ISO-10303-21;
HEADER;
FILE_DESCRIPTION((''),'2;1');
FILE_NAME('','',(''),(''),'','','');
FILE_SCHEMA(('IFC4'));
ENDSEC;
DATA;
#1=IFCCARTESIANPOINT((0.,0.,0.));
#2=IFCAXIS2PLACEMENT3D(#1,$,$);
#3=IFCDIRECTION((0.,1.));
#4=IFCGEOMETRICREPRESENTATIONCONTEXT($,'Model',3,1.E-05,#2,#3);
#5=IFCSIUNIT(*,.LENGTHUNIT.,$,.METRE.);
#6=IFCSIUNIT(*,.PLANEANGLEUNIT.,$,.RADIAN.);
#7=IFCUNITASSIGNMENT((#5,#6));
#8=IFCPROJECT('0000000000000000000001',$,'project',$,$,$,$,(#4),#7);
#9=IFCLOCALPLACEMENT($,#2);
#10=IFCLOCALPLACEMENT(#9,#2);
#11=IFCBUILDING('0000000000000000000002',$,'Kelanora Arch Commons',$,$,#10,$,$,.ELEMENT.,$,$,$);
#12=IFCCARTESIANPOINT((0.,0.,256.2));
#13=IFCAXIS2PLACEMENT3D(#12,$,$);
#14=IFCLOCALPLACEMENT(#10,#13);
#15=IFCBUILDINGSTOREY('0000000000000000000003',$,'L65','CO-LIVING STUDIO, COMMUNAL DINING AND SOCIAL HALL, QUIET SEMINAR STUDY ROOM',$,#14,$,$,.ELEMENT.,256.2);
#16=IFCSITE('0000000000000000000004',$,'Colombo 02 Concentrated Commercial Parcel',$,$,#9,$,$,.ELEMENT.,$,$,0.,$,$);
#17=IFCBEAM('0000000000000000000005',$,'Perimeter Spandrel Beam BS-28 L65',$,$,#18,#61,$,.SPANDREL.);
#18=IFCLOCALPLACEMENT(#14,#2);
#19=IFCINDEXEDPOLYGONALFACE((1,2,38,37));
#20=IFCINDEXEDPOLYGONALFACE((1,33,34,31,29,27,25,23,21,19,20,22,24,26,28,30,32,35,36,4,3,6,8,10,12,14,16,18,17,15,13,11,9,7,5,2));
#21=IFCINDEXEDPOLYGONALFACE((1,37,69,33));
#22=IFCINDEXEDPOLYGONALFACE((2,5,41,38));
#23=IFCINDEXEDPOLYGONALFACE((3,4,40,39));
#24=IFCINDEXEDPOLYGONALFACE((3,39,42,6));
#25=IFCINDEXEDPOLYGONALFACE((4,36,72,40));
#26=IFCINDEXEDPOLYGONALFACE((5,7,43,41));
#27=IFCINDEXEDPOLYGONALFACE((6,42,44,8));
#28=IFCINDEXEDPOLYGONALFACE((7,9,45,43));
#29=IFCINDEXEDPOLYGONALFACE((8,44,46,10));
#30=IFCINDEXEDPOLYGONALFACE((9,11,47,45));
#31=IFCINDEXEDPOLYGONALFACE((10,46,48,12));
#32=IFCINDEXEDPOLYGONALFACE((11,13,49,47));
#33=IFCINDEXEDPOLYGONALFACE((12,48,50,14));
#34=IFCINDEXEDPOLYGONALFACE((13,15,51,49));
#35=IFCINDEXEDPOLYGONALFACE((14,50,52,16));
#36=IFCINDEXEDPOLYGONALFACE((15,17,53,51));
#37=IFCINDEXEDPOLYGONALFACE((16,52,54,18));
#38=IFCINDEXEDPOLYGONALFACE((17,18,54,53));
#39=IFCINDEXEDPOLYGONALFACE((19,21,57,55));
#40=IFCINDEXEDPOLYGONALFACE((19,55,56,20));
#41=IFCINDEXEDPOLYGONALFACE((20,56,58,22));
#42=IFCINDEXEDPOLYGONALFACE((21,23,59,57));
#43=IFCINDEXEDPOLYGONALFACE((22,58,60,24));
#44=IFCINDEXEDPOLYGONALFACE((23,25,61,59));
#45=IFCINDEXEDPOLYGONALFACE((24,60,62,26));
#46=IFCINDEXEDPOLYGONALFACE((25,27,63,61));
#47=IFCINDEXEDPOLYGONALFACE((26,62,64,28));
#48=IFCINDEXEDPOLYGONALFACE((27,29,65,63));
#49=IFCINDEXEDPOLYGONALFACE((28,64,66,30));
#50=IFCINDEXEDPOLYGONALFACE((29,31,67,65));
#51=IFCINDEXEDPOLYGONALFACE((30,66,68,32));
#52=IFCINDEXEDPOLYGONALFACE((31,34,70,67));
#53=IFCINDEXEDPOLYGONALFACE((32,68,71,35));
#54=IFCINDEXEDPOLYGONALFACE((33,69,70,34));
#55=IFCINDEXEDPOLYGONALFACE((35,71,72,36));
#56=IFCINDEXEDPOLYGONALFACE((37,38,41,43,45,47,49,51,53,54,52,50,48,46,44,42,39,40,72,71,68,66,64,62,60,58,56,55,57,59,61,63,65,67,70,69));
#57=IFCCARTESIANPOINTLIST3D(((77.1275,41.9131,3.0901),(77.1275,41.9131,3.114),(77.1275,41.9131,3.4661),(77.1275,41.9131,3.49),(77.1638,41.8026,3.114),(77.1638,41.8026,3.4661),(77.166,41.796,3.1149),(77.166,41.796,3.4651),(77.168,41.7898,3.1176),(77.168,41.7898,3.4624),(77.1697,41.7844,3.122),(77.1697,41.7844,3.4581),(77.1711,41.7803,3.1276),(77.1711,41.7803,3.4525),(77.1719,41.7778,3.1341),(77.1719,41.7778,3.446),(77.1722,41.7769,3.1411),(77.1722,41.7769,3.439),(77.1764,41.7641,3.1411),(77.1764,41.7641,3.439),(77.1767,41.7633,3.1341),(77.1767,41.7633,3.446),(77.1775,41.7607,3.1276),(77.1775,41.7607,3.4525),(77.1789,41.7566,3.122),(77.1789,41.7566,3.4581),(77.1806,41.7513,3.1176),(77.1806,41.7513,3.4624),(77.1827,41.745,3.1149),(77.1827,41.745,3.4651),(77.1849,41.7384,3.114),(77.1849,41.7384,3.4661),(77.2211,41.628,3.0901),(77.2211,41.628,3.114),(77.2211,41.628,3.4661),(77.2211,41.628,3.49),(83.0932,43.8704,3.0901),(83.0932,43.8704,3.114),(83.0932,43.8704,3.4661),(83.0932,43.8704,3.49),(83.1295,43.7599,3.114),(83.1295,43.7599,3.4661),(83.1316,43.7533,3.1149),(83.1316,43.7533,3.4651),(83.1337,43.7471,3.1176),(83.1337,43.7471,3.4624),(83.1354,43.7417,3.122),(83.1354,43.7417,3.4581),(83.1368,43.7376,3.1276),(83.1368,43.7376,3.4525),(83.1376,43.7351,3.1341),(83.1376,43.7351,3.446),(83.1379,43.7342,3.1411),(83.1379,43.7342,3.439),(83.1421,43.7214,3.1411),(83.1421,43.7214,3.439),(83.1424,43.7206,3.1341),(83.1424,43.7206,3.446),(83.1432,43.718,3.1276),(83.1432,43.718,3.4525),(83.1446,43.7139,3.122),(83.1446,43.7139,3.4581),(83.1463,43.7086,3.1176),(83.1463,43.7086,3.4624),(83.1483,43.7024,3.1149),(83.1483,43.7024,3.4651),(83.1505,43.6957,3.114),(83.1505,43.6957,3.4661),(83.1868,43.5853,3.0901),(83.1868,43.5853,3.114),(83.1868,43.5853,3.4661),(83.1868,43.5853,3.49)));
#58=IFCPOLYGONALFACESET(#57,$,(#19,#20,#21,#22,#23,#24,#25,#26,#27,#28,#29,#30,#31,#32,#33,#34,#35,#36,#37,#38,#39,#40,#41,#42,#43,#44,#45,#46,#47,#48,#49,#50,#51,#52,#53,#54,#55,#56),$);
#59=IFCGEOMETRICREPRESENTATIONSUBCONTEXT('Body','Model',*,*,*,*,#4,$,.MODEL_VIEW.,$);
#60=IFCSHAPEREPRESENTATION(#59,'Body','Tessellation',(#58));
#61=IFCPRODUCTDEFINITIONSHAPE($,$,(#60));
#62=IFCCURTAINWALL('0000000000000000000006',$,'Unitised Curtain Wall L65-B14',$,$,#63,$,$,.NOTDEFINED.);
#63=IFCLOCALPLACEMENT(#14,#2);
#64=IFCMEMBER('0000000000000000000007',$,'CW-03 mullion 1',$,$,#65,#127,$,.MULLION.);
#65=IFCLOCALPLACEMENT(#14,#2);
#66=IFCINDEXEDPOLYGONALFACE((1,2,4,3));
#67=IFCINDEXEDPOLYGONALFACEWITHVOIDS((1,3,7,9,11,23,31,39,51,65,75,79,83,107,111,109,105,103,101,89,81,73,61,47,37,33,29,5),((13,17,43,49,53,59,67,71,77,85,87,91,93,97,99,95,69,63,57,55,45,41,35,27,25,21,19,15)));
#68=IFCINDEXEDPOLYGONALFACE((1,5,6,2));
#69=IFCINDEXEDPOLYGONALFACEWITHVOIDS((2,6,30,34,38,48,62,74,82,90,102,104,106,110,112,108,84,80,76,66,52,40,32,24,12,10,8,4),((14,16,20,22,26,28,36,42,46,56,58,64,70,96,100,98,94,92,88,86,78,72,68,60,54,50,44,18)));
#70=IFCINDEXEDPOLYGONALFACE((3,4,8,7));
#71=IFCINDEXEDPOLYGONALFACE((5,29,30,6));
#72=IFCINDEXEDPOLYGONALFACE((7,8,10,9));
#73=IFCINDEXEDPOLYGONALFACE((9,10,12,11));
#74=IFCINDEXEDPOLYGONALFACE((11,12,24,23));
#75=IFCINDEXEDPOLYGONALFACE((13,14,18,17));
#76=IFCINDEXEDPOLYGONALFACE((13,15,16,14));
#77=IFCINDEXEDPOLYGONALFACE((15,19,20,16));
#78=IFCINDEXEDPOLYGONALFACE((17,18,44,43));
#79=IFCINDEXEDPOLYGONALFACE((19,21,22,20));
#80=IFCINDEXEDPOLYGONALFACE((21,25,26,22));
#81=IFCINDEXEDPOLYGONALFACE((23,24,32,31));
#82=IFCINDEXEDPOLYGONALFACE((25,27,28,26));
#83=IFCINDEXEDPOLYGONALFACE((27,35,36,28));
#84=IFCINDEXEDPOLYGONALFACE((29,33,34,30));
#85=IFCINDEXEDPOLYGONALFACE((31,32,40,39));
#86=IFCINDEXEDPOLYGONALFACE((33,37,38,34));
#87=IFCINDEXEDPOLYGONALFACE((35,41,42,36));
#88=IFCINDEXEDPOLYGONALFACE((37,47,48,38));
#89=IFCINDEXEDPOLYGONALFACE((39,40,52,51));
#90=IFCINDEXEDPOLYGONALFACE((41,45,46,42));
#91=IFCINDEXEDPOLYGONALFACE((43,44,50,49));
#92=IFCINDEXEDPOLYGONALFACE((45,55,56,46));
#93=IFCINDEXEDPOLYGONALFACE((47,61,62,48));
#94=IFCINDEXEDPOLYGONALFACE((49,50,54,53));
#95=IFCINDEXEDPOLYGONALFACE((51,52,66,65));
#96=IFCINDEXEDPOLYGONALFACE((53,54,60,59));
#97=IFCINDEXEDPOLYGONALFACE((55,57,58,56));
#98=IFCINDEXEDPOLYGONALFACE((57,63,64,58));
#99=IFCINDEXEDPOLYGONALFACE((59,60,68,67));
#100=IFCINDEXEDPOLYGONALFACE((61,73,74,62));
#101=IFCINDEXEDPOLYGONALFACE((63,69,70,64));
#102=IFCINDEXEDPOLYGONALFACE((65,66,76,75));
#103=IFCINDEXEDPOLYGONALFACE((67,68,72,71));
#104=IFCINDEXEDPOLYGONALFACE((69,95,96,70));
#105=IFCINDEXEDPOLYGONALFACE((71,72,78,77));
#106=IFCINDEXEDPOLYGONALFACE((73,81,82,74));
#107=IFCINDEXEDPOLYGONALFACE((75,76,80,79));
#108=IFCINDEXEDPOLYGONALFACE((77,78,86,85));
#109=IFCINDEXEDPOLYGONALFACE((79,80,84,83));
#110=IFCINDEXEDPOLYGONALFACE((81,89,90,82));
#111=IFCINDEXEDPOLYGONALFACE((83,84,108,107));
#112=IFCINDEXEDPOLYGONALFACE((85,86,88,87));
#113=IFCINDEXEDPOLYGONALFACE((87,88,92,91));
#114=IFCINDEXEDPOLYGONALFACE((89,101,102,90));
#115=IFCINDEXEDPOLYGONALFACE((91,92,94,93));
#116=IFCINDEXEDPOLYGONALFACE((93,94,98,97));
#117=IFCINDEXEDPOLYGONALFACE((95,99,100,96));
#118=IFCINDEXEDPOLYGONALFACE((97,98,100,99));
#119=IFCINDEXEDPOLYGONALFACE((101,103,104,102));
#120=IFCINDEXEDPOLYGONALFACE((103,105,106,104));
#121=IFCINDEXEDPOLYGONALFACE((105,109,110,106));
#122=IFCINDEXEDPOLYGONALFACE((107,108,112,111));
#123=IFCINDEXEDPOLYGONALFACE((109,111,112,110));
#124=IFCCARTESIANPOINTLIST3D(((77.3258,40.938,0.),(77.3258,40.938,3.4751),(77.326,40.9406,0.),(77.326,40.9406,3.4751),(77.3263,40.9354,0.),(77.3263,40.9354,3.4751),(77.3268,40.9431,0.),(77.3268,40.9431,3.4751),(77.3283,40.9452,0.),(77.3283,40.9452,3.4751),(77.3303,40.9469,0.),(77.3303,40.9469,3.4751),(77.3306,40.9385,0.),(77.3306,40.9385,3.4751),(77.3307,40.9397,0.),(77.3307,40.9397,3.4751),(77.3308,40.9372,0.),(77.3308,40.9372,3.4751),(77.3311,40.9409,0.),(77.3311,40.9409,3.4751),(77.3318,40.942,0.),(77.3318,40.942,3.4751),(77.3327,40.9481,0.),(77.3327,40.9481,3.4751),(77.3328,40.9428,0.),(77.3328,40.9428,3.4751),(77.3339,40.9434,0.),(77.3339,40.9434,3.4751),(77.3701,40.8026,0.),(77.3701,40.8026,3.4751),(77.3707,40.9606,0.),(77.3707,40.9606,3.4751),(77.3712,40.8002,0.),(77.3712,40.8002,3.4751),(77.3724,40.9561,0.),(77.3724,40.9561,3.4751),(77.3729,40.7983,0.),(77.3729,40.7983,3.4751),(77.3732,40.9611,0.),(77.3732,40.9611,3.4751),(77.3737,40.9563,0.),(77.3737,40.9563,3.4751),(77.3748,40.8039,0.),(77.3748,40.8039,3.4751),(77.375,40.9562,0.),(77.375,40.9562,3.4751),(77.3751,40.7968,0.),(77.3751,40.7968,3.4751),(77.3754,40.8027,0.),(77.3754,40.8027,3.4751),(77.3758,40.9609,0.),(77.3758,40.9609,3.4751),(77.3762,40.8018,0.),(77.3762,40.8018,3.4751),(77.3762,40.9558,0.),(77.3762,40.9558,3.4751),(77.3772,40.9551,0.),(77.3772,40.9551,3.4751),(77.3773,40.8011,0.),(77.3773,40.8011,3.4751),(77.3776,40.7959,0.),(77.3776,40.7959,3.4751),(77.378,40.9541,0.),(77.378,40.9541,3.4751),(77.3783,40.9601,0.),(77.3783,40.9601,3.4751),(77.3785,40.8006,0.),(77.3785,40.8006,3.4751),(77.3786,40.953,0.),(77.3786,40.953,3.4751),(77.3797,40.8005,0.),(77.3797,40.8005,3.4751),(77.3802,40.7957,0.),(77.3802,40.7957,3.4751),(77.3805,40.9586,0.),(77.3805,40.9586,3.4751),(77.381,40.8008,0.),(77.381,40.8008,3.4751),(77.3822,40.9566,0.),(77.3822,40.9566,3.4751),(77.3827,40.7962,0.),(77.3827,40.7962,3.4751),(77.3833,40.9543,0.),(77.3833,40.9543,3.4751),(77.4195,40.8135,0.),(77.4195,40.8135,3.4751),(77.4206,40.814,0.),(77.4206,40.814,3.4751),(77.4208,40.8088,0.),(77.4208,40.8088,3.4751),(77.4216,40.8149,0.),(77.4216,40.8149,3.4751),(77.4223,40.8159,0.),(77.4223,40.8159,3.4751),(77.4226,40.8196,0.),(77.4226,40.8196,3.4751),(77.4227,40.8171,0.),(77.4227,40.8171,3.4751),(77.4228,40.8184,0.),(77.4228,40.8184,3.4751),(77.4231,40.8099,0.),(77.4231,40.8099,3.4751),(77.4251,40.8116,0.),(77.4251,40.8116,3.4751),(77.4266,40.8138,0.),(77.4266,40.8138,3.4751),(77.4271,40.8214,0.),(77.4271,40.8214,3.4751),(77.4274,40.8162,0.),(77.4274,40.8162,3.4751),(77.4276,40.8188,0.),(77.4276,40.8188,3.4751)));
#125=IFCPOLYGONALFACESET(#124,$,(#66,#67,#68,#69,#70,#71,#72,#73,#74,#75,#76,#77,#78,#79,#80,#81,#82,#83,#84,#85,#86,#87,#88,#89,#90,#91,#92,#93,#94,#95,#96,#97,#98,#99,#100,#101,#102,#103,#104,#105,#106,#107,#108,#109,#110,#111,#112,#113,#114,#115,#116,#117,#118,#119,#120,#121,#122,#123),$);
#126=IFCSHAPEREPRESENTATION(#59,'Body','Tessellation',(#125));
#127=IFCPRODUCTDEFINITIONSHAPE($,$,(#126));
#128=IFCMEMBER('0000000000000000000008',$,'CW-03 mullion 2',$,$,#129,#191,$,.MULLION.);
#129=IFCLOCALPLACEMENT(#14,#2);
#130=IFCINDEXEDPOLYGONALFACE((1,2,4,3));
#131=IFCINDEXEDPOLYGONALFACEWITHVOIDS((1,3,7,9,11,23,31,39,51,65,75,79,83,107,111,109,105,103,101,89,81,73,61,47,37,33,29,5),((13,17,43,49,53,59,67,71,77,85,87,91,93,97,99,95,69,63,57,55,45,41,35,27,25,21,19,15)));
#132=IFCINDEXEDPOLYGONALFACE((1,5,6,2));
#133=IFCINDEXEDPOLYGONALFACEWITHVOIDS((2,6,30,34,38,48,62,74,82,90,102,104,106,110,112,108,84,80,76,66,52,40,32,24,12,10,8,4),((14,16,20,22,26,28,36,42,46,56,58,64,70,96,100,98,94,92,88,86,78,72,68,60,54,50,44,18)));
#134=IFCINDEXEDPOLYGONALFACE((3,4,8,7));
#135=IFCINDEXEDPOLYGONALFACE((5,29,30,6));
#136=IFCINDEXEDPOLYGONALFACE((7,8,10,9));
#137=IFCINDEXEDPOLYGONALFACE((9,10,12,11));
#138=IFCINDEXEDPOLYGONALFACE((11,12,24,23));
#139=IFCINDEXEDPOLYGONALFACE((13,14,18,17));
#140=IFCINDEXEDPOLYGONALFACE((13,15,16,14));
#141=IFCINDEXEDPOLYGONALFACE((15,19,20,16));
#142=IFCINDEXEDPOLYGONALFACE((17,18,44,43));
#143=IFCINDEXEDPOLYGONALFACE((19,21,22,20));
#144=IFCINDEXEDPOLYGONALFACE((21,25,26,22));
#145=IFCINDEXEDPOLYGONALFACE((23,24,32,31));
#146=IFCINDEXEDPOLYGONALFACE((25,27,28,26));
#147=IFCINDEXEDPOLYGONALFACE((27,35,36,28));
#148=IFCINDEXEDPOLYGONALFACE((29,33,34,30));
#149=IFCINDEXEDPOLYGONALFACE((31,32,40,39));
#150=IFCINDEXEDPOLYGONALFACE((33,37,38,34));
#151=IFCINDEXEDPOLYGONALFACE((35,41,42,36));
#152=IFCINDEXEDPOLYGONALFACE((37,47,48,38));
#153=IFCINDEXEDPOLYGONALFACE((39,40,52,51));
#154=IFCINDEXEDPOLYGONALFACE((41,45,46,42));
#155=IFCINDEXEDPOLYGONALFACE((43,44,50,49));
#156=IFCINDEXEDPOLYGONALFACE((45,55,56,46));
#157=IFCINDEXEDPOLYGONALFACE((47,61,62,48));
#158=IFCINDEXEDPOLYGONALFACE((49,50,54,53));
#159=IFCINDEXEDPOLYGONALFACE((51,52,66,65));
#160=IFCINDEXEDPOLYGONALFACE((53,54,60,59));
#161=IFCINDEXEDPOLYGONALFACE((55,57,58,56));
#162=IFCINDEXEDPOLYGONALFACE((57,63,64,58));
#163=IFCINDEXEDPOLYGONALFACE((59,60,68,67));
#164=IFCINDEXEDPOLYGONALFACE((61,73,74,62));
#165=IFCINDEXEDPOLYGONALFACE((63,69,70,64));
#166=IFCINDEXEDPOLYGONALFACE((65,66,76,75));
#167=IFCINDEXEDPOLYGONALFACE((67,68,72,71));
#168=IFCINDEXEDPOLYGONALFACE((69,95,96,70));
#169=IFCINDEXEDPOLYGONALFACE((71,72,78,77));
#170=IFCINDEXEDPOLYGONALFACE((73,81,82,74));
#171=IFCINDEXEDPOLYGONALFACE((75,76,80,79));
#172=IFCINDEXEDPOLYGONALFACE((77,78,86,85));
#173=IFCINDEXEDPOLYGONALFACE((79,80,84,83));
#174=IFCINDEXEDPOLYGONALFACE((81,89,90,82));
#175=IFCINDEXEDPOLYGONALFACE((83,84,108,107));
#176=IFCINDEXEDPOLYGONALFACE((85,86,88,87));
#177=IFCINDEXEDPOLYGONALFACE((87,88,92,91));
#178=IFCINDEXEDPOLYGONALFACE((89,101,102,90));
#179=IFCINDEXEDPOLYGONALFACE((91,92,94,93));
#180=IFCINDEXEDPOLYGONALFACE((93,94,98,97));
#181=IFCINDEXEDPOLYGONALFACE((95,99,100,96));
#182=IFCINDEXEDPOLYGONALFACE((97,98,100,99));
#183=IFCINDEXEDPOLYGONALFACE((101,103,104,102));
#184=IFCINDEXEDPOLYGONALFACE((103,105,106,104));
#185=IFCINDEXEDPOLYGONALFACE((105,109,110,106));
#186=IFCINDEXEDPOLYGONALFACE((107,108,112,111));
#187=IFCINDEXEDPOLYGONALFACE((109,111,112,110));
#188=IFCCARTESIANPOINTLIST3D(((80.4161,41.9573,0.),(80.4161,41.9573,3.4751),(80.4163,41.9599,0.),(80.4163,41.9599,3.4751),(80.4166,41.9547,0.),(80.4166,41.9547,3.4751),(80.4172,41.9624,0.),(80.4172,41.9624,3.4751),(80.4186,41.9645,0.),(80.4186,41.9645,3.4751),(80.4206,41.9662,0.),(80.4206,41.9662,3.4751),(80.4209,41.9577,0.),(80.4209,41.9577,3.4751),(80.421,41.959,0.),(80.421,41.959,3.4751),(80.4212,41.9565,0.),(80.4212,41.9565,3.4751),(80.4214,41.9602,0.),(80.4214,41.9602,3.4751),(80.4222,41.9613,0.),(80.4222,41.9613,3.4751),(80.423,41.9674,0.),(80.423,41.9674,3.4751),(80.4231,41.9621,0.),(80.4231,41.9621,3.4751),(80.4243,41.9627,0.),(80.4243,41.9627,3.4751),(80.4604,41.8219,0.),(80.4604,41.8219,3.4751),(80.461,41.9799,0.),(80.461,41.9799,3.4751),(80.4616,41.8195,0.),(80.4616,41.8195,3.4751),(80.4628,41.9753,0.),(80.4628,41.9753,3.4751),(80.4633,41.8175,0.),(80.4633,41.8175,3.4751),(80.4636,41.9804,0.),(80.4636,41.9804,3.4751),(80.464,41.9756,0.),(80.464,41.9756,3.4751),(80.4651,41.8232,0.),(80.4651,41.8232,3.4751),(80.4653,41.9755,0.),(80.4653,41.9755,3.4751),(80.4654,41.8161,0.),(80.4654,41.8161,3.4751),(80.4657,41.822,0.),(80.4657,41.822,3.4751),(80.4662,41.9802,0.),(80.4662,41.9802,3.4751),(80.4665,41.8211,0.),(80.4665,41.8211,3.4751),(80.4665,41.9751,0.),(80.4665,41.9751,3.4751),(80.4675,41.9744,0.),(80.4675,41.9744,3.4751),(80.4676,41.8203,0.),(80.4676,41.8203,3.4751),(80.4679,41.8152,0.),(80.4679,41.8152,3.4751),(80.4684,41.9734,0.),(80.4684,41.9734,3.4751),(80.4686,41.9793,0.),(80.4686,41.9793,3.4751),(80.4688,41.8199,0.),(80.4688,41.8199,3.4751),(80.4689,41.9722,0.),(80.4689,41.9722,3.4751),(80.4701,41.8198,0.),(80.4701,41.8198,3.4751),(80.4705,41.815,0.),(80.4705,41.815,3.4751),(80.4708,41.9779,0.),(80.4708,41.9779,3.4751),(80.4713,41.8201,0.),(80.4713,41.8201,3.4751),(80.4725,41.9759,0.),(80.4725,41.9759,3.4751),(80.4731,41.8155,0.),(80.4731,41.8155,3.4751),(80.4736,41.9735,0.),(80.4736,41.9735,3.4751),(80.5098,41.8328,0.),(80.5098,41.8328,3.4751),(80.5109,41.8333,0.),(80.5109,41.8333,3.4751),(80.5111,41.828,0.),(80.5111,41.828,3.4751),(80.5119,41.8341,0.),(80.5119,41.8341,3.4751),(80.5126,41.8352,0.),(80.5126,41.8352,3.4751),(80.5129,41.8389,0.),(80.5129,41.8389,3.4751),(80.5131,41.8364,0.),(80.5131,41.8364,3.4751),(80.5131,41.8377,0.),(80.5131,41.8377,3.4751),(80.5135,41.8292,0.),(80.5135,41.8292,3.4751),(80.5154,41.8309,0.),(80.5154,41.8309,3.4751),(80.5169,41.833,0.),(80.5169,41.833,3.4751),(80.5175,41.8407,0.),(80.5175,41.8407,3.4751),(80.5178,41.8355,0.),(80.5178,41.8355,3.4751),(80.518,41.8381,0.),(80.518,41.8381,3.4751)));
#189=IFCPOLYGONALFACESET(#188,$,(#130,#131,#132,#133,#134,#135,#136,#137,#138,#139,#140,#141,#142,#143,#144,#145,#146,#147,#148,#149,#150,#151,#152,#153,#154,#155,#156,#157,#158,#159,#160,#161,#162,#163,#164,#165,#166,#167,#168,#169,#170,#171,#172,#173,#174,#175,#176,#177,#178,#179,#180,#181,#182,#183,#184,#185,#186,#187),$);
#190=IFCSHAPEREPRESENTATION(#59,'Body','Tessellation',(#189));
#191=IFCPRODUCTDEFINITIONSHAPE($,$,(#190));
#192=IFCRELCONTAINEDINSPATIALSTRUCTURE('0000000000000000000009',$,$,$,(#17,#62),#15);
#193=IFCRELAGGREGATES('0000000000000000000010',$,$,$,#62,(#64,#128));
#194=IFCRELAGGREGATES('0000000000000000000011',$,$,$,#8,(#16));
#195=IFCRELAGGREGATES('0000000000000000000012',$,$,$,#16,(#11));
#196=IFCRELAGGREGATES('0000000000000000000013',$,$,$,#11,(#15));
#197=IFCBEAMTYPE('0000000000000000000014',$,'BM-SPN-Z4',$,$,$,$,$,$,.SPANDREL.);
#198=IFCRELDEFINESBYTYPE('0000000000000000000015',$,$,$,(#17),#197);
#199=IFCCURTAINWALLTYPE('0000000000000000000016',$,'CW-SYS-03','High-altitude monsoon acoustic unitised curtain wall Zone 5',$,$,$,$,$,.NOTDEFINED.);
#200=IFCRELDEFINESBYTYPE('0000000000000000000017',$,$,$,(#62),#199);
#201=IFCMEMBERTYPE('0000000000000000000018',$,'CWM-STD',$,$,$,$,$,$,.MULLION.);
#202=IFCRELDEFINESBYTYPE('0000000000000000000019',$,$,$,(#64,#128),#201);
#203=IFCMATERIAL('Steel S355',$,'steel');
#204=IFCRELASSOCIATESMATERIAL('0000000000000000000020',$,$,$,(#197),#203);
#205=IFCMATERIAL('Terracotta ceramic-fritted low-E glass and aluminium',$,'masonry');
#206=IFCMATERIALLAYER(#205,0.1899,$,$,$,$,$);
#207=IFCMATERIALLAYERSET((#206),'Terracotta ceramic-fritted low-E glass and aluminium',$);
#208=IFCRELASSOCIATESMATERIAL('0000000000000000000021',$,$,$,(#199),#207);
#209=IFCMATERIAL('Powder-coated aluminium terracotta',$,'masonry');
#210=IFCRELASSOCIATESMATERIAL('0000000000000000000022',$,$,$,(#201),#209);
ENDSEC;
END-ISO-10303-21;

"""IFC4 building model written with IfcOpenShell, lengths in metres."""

from ifc_helpers import new_model, si_unit, direction, frame, origin, origin_2d, place, context, subcontext, project, spatial, hollow_rectangle, i_section, extrude, material, layer, layer_set, material_profile, profile_set, type_object, element, aggregate, save


model = new_model("IFC4")

# Units and contexts
model_context = context("Model", 3, precision=1e-05, world=origin(), true_north=direction((0.0, 1.0)))
body_context = subcontext(model_context, "Body", "Model", "MODEL_VIEW")
ifc_project = project(units=[si_unit("LENGTHUNIT", "METRE"), si_unit("PLANEANGLEUNIT", "RADIAN")], contexts=[model_context])

# Site, building, storey
site_placement = place(None, origin())
site = spatial("IfcSite", under=ifc_project, at=site_placement, Name="Colombo 02 Concentrated Commercial Parcel", CompositionType="ELEMENT", RefElevation=0.0)
building_placement = place(site_placement, origin())
building = spatial("IfcBuilding", under=site, at=building_placement, Name="Kelanora Arch Commons", CompositionType="ELEMENT")
storey_placement = place(building_placement, frame((0.0, 0.0, 256.2)))
storey = spatial("IfcBuildingStorey", under=building, at=storey_placement, Name="L65", Description="CO-LIVING STUDIO, COMMUNAL DINING AND SOCIAL HALL, QUIET SEMINAR STUDY ROOM", CompositionType="ELEMENT", Elevation=256.2)

# Beam
ifc_material_1 = material(Name="Steel S355", Category="steel")
ifc_material_profile_1 = material_profile(ifc_material_1, i_section(OverallWidth=0.3, OverallDepth=0.3999, WebThickness=0.0134, FlangeThickness=0.0239, FilletRadius=0.0271, at=origin_2d()), Name="HEB400")
ifc_profile_set_1 = profile_set([ifc_material_profile_1], Name="Steel S355")
beam_type_1 = type_object("IfcBeamType", Name="BM-SPN-Z4", PredefinedType="SPANDREL", material=ifc_profile_set_1)
beam_1_placement = place(storey_placement, frame((77.1743, 41.7705, 3.29), z_axis=(0.950166, 0.311745, 0.0), x_axis=(-0.311745, 0.950166, 0.0)))
element("IfcBeam", 1, at=beam_1_placement, inside=storey, type_object=beam_type_1, Name="Perimeter Spandrel Beam BS-28 L65", PredefinedType="SPANDREL", context=body_context, shape_type="SweptSolid", body=[
    extrude(i_section(OverallWidth=0.3, OverallDepth=0.3999, WebThickness=0.0134, FlangeThickness=0.0239, FilletRadius=0.0271, at=origin_2d()), origin(), (0.0, 0.0, 1.0), 6.2786),
])

# Curtain wall, members
ifc_material_2 = material(Name="Terracotta ceramic-fritted low-E glass and aluminium", Category="masonry")
ifc_layer_1 = layer(ifc_material_2, 0.1899)
ifc_layer_set_1 = layer_set([ifc_layer_1], Name="Terracotta ceramic-fritted low-E glass and aluminium")
curtain_wall_type = type_object("IfcCurtainWallType", Name="CW-SYS-03", Description="High-altitude monsoon acoustic unitised curtain wall Zone 5", PredefinedType="NOTDEFINED", material=ifc_layer_set_1)
curtain_wall_placement = place(storey_placement, origin())
curtain_wall = element("IfcCurtainWall", 2, at=curtain_wall_placement, inside=storey, type_object=curtain_wall_type, Name="Unitised Curtain Wall L65-B14", PredefinedType="NOTDEFINED")
ifc_material_3 = material(Name="Powder-coated aluminium terracotta", Category="masonry")
ifc_material_profile_2 = material_profile(ifc_material_3, hollow_rectangle(XDim=0.1599, YDim=0.0601, WallThickness=0.0049, InnerFilletRadius=0.0049, OuterFilletRadius=0.01, at=origin_2d()), Name="CWM160x60")
ifc_profile_set_2 = profile_set([ifc_material_profile_2], Name="Powder-coated aluminium terracotta")
member_type_1 = type_object("IfcMemberType", Name="CWM-STD", PredefinedType="MULLION", material=ifc_profile_set_2)
member_1_placement = place(storey_placement, frame((77.3767, 40.8784, 0.0), z_axis=(0.0, 0.0, 1.0), x_axis=(-0.313253, 0.94967, 0.0)))
member_1 = element("IfcMember", 3, at=member_1_placement, type_object=member_type_1, Name="CW-03 mullion 1", PredefinedType="MULLION", context=body_context, shape_type="SweptSolid", body=[
    extrude(hollow_rectangle(XDim=0.1599, YDim=0.0601, WallThickness=0.0049, InnerFilletRadius=0.0049, OuterFilletRadius=0.01, at=origin_2d()), origin(), (0.0, 0.0, 1.0), 3.4751),
])
member_2_placement = place(storey_placement, frame((80.467, 41.8977, 0.0), z_axis=(0.0, 0.0, 1.0), x_axis=(-0.313253, 0.94967, 0.0)))
member_2 = element("IfcMember", 4, at=member_2_placement, type_object=member_type_1, Name="CW-03 mullion 2", PredefinedType="MULLION", context=body_context, shape_type="SweptSolid", body=[
    extrude(hollow_rectangle(XDim=0.1599, YDim=0.0601, WallThickness=0.0049, InnerFilletRadius=0.0049, OuterFilletRadius=0.01, at=origin_2d()), origin(), (0.0, 0.0, 1.0), 3.4751),
])
aggregate(curtain_wall, [member_1, member_2])

save(model, "model.ifc")
